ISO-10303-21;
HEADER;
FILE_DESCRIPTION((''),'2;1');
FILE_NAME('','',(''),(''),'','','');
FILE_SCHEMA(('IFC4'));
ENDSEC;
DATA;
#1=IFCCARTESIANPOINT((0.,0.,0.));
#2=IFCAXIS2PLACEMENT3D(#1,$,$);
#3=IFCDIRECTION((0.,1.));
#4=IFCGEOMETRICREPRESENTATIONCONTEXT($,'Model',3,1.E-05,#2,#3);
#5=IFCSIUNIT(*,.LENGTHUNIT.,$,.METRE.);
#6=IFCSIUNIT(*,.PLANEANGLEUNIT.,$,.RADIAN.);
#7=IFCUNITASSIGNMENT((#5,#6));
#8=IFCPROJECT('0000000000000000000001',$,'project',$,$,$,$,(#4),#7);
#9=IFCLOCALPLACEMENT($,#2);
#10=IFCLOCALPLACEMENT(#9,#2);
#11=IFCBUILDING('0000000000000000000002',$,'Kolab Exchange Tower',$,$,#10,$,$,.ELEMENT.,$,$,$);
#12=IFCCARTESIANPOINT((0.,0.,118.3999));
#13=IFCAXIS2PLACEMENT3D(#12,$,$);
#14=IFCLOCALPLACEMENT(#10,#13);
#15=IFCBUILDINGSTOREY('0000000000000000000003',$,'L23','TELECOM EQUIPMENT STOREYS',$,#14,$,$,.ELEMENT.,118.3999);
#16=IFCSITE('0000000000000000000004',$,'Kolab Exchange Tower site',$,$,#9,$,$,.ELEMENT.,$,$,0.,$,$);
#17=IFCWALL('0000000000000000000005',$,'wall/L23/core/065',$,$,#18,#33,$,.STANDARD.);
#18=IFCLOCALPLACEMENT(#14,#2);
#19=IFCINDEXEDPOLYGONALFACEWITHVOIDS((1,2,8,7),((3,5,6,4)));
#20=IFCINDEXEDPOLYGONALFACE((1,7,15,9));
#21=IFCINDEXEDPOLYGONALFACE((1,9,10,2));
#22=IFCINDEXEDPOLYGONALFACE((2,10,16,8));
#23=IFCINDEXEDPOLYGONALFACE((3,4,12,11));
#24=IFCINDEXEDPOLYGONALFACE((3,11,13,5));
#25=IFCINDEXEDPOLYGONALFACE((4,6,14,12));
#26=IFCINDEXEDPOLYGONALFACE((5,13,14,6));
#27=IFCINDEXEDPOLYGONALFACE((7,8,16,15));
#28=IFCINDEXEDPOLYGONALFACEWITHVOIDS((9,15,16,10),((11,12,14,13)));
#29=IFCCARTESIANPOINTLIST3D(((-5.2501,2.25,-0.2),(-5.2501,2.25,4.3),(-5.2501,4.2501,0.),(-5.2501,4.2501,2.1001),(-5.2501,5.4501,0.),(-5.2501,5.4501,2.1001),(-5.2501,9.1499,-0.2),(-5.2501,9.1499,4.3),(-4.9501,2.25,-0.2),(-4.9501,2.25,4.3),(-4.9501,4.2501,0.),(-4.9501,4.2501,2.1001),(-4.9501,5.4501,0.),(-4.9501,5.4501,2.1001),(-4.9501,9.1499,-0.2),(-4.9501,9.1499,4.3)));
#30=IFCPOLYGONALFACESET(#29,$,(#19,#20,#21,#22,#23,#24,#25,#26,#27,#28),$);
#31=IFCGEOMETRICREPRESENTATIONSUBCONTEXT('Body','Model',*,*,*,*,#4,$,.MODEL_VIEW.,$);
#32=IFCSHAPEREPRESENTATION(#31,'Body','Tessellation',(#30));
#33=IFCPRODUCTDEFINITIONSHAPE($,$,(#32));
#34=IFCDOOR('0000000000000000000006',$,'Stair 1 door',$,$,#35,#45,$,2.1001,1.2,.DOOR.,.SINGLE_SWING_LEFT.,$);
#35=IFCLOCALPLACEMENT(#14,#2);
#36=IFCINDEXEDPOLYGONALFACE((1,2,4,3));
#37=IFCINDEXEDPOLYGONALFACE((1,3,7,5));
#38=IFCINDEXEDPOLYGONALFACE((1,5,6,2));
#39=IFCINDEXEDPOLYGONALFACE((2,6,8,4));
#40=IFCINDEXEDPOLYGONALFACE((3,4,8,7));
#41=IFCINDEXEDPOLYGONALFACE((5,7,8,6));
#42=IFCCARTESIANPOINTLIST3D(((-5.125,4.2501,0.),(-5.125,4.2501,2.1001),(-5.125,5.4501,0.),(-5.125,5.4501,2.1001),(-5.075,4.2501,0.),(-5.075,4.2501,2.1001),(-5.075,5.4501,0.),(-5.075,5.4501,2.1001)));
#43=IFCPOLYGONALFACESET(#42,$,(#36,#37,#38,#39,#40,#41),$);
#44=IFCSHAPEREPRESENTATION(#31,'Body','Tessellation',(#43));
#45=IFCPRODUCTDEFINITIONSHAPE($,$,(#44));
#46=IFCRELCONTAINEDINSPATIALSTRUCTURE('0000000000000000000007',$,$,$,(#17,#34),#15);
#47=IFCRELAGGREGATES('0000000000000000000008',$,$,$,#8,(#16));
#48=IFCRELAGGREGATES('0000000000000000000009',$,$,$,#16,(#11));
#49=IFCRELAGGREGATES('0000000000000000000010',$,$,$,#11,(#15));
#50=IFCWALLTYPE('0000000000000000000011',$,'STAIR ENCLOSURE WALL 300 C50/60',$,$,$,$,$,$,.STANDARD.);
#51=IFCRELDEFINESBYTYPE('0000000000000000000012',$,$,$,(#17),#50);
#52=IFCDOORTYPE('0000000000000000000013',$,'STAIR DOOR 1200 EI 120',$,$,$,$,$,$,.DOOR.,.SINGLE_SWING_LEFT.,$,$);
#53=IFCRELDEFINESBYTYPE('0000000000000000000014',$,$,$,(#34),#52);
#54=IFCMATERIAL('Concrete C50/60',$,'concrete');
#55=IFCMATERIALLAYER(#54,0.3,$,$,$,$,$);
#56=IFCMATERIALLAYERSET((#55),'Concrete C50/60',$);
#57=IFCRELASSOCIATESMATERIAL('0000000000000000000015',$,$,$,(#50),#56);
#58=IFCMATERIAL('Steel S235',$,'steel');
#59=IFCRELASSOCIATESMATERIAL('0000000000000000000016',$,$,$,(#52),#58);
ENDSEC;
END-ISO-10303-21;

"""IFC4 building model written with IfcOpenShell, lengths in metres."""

from ifc_helpers import new_model, si_unit, direction, frame, frame_2d, origin, place, context, subcontext, project, spatial, rectangle, extrude, material, layer, layer_set, type_object, element, fill, save


model = new_model("IFC4")

# Units and contexts
model_context = context("Model", 3, precision=1e-05, world=origin(), true_north=direction((0.0, 1.0)))
body_context = subcontext(model_context, "Body", "Model", "MODEL_VIEW")
ifc_project = project(units=[si_unit("LENGTHUNIT", "METRE"), si_unit("PLANEANGLEUNIT", "RADIAN")], contexts=[model_context])

# Site, building, storey
site_placement = place(None, origin())
site = spatial("IfcSite", under=ifc_project, at=site_placement, Name="Kolab Exchange Tower site", CompositionType="ELEMENT", RefElevation=0.0)
building_placement = place(site_placement, origin())
building = spatial("IfcBuilding", under=site, at=building_placement, Name="Kolab Exchange Tower", CompositionType="ELEMENT")
storey_placement = place(building_placement, frame((0.0, 0.0, 118.3999)))
storey = spatial("IfcBuildingStorey", under=building, at=storey_placement, Name="L23", Description="TELECOM EQUIPMENT STOREYS", CompositionType="ELEMENT", Elevation=118.3999)

# Shared definitions
ifc_material_1 = material(Name="Steel S235", Category="steel")

# Shared definitions
ifc_material_2 = material(Name="Concrete C50/60", Category="concrete")

# Wall, opening, door
ifc_layer_1 = layer(ifc_material_2, 0.3)
ifc_layer_set_1 = layer_set([ifc_layer_1], Name="Concrete C50/60")
wall_type_1 = type_object("IfcWallType", Name="STAIR ENCLOSURE WALL 300 C50/60", PredefinedType="STANDARD", material=ifc_layer_set_1)
wall_1_placement = place(storey_placement, frame((-5.1001, 2.25, -0.2), z_axis=(0.0, 0.0, 1.0), x_axis=(0.0, 1.0, 0.0)))
wall_1 = element("IfcWall", 1, at=wall_1_placement, inside=storey, type_object=wall_type_1, Name="wall/L23/core/065", PredefinedType="STANDARD", context=body_context, shape_type="SweptSolid", body=[
    extrude(rectangle(XDim=6.8999, YDim=0.3, at=frame_2d((3.45, 0.0))), origin(), (0.0, 0.0, 1.0), 4.5),
])
opening_1_placement = place(wall_1_placement, frame((2.0, 0.0, 0.2)))
opening_1 = element("IfcOpeningElement", 2, at=opening_1_placement, cuts=wall_1, PredefinedType="OPENING", context=body_context, shape_type="SweptSolid", body=[
    extrude(rectangle(XDim=1.2, YDim=2.1001, at=frame_2d((0.6001, 1.05))), frame((0.0, 0.1602, 0.0), z_axis=(0.0, -1.0, 0.0), x_axis=(1.0, 0.0, 0.0)), (0.0, 0.0, 1.0), 0.3201),
])
door_type_1 = type_object("IfcDoorType", Name="STAIR DOOR 1200 EI 120", OperationType="SINGLE_SWING_LEFT", PredefinedType="DOOR", material=ifc_material_1)
door_1_placement = place(opening_1_placement, origin())
door_1 = element("IfcDoor", 3, at=door_1_placement, inside=storey, type_object=door_type_1, Name="Stair 1 door", OperationType="SINGLE_SWING_LEFT", OverallHeight=2.1001, OverallWidth=1.2, PredefinedType="DOOR", context=body_context, shape_type="SweptSolid", body=[
    extrude(rectangle(XDim=1.2, YDim=2.1001, at=frame_2d((0.6001, 1.05))), frame((0.0, 0.0249, 0.0), z_axis=(0.0, -1.0, 0.0), x_axis=(1.0, 0.0, 0.0)), (0.0, 0.0, 1.0), 0.05),
])
fill(opening_1, door_1)

save(model, "model.ifc")
